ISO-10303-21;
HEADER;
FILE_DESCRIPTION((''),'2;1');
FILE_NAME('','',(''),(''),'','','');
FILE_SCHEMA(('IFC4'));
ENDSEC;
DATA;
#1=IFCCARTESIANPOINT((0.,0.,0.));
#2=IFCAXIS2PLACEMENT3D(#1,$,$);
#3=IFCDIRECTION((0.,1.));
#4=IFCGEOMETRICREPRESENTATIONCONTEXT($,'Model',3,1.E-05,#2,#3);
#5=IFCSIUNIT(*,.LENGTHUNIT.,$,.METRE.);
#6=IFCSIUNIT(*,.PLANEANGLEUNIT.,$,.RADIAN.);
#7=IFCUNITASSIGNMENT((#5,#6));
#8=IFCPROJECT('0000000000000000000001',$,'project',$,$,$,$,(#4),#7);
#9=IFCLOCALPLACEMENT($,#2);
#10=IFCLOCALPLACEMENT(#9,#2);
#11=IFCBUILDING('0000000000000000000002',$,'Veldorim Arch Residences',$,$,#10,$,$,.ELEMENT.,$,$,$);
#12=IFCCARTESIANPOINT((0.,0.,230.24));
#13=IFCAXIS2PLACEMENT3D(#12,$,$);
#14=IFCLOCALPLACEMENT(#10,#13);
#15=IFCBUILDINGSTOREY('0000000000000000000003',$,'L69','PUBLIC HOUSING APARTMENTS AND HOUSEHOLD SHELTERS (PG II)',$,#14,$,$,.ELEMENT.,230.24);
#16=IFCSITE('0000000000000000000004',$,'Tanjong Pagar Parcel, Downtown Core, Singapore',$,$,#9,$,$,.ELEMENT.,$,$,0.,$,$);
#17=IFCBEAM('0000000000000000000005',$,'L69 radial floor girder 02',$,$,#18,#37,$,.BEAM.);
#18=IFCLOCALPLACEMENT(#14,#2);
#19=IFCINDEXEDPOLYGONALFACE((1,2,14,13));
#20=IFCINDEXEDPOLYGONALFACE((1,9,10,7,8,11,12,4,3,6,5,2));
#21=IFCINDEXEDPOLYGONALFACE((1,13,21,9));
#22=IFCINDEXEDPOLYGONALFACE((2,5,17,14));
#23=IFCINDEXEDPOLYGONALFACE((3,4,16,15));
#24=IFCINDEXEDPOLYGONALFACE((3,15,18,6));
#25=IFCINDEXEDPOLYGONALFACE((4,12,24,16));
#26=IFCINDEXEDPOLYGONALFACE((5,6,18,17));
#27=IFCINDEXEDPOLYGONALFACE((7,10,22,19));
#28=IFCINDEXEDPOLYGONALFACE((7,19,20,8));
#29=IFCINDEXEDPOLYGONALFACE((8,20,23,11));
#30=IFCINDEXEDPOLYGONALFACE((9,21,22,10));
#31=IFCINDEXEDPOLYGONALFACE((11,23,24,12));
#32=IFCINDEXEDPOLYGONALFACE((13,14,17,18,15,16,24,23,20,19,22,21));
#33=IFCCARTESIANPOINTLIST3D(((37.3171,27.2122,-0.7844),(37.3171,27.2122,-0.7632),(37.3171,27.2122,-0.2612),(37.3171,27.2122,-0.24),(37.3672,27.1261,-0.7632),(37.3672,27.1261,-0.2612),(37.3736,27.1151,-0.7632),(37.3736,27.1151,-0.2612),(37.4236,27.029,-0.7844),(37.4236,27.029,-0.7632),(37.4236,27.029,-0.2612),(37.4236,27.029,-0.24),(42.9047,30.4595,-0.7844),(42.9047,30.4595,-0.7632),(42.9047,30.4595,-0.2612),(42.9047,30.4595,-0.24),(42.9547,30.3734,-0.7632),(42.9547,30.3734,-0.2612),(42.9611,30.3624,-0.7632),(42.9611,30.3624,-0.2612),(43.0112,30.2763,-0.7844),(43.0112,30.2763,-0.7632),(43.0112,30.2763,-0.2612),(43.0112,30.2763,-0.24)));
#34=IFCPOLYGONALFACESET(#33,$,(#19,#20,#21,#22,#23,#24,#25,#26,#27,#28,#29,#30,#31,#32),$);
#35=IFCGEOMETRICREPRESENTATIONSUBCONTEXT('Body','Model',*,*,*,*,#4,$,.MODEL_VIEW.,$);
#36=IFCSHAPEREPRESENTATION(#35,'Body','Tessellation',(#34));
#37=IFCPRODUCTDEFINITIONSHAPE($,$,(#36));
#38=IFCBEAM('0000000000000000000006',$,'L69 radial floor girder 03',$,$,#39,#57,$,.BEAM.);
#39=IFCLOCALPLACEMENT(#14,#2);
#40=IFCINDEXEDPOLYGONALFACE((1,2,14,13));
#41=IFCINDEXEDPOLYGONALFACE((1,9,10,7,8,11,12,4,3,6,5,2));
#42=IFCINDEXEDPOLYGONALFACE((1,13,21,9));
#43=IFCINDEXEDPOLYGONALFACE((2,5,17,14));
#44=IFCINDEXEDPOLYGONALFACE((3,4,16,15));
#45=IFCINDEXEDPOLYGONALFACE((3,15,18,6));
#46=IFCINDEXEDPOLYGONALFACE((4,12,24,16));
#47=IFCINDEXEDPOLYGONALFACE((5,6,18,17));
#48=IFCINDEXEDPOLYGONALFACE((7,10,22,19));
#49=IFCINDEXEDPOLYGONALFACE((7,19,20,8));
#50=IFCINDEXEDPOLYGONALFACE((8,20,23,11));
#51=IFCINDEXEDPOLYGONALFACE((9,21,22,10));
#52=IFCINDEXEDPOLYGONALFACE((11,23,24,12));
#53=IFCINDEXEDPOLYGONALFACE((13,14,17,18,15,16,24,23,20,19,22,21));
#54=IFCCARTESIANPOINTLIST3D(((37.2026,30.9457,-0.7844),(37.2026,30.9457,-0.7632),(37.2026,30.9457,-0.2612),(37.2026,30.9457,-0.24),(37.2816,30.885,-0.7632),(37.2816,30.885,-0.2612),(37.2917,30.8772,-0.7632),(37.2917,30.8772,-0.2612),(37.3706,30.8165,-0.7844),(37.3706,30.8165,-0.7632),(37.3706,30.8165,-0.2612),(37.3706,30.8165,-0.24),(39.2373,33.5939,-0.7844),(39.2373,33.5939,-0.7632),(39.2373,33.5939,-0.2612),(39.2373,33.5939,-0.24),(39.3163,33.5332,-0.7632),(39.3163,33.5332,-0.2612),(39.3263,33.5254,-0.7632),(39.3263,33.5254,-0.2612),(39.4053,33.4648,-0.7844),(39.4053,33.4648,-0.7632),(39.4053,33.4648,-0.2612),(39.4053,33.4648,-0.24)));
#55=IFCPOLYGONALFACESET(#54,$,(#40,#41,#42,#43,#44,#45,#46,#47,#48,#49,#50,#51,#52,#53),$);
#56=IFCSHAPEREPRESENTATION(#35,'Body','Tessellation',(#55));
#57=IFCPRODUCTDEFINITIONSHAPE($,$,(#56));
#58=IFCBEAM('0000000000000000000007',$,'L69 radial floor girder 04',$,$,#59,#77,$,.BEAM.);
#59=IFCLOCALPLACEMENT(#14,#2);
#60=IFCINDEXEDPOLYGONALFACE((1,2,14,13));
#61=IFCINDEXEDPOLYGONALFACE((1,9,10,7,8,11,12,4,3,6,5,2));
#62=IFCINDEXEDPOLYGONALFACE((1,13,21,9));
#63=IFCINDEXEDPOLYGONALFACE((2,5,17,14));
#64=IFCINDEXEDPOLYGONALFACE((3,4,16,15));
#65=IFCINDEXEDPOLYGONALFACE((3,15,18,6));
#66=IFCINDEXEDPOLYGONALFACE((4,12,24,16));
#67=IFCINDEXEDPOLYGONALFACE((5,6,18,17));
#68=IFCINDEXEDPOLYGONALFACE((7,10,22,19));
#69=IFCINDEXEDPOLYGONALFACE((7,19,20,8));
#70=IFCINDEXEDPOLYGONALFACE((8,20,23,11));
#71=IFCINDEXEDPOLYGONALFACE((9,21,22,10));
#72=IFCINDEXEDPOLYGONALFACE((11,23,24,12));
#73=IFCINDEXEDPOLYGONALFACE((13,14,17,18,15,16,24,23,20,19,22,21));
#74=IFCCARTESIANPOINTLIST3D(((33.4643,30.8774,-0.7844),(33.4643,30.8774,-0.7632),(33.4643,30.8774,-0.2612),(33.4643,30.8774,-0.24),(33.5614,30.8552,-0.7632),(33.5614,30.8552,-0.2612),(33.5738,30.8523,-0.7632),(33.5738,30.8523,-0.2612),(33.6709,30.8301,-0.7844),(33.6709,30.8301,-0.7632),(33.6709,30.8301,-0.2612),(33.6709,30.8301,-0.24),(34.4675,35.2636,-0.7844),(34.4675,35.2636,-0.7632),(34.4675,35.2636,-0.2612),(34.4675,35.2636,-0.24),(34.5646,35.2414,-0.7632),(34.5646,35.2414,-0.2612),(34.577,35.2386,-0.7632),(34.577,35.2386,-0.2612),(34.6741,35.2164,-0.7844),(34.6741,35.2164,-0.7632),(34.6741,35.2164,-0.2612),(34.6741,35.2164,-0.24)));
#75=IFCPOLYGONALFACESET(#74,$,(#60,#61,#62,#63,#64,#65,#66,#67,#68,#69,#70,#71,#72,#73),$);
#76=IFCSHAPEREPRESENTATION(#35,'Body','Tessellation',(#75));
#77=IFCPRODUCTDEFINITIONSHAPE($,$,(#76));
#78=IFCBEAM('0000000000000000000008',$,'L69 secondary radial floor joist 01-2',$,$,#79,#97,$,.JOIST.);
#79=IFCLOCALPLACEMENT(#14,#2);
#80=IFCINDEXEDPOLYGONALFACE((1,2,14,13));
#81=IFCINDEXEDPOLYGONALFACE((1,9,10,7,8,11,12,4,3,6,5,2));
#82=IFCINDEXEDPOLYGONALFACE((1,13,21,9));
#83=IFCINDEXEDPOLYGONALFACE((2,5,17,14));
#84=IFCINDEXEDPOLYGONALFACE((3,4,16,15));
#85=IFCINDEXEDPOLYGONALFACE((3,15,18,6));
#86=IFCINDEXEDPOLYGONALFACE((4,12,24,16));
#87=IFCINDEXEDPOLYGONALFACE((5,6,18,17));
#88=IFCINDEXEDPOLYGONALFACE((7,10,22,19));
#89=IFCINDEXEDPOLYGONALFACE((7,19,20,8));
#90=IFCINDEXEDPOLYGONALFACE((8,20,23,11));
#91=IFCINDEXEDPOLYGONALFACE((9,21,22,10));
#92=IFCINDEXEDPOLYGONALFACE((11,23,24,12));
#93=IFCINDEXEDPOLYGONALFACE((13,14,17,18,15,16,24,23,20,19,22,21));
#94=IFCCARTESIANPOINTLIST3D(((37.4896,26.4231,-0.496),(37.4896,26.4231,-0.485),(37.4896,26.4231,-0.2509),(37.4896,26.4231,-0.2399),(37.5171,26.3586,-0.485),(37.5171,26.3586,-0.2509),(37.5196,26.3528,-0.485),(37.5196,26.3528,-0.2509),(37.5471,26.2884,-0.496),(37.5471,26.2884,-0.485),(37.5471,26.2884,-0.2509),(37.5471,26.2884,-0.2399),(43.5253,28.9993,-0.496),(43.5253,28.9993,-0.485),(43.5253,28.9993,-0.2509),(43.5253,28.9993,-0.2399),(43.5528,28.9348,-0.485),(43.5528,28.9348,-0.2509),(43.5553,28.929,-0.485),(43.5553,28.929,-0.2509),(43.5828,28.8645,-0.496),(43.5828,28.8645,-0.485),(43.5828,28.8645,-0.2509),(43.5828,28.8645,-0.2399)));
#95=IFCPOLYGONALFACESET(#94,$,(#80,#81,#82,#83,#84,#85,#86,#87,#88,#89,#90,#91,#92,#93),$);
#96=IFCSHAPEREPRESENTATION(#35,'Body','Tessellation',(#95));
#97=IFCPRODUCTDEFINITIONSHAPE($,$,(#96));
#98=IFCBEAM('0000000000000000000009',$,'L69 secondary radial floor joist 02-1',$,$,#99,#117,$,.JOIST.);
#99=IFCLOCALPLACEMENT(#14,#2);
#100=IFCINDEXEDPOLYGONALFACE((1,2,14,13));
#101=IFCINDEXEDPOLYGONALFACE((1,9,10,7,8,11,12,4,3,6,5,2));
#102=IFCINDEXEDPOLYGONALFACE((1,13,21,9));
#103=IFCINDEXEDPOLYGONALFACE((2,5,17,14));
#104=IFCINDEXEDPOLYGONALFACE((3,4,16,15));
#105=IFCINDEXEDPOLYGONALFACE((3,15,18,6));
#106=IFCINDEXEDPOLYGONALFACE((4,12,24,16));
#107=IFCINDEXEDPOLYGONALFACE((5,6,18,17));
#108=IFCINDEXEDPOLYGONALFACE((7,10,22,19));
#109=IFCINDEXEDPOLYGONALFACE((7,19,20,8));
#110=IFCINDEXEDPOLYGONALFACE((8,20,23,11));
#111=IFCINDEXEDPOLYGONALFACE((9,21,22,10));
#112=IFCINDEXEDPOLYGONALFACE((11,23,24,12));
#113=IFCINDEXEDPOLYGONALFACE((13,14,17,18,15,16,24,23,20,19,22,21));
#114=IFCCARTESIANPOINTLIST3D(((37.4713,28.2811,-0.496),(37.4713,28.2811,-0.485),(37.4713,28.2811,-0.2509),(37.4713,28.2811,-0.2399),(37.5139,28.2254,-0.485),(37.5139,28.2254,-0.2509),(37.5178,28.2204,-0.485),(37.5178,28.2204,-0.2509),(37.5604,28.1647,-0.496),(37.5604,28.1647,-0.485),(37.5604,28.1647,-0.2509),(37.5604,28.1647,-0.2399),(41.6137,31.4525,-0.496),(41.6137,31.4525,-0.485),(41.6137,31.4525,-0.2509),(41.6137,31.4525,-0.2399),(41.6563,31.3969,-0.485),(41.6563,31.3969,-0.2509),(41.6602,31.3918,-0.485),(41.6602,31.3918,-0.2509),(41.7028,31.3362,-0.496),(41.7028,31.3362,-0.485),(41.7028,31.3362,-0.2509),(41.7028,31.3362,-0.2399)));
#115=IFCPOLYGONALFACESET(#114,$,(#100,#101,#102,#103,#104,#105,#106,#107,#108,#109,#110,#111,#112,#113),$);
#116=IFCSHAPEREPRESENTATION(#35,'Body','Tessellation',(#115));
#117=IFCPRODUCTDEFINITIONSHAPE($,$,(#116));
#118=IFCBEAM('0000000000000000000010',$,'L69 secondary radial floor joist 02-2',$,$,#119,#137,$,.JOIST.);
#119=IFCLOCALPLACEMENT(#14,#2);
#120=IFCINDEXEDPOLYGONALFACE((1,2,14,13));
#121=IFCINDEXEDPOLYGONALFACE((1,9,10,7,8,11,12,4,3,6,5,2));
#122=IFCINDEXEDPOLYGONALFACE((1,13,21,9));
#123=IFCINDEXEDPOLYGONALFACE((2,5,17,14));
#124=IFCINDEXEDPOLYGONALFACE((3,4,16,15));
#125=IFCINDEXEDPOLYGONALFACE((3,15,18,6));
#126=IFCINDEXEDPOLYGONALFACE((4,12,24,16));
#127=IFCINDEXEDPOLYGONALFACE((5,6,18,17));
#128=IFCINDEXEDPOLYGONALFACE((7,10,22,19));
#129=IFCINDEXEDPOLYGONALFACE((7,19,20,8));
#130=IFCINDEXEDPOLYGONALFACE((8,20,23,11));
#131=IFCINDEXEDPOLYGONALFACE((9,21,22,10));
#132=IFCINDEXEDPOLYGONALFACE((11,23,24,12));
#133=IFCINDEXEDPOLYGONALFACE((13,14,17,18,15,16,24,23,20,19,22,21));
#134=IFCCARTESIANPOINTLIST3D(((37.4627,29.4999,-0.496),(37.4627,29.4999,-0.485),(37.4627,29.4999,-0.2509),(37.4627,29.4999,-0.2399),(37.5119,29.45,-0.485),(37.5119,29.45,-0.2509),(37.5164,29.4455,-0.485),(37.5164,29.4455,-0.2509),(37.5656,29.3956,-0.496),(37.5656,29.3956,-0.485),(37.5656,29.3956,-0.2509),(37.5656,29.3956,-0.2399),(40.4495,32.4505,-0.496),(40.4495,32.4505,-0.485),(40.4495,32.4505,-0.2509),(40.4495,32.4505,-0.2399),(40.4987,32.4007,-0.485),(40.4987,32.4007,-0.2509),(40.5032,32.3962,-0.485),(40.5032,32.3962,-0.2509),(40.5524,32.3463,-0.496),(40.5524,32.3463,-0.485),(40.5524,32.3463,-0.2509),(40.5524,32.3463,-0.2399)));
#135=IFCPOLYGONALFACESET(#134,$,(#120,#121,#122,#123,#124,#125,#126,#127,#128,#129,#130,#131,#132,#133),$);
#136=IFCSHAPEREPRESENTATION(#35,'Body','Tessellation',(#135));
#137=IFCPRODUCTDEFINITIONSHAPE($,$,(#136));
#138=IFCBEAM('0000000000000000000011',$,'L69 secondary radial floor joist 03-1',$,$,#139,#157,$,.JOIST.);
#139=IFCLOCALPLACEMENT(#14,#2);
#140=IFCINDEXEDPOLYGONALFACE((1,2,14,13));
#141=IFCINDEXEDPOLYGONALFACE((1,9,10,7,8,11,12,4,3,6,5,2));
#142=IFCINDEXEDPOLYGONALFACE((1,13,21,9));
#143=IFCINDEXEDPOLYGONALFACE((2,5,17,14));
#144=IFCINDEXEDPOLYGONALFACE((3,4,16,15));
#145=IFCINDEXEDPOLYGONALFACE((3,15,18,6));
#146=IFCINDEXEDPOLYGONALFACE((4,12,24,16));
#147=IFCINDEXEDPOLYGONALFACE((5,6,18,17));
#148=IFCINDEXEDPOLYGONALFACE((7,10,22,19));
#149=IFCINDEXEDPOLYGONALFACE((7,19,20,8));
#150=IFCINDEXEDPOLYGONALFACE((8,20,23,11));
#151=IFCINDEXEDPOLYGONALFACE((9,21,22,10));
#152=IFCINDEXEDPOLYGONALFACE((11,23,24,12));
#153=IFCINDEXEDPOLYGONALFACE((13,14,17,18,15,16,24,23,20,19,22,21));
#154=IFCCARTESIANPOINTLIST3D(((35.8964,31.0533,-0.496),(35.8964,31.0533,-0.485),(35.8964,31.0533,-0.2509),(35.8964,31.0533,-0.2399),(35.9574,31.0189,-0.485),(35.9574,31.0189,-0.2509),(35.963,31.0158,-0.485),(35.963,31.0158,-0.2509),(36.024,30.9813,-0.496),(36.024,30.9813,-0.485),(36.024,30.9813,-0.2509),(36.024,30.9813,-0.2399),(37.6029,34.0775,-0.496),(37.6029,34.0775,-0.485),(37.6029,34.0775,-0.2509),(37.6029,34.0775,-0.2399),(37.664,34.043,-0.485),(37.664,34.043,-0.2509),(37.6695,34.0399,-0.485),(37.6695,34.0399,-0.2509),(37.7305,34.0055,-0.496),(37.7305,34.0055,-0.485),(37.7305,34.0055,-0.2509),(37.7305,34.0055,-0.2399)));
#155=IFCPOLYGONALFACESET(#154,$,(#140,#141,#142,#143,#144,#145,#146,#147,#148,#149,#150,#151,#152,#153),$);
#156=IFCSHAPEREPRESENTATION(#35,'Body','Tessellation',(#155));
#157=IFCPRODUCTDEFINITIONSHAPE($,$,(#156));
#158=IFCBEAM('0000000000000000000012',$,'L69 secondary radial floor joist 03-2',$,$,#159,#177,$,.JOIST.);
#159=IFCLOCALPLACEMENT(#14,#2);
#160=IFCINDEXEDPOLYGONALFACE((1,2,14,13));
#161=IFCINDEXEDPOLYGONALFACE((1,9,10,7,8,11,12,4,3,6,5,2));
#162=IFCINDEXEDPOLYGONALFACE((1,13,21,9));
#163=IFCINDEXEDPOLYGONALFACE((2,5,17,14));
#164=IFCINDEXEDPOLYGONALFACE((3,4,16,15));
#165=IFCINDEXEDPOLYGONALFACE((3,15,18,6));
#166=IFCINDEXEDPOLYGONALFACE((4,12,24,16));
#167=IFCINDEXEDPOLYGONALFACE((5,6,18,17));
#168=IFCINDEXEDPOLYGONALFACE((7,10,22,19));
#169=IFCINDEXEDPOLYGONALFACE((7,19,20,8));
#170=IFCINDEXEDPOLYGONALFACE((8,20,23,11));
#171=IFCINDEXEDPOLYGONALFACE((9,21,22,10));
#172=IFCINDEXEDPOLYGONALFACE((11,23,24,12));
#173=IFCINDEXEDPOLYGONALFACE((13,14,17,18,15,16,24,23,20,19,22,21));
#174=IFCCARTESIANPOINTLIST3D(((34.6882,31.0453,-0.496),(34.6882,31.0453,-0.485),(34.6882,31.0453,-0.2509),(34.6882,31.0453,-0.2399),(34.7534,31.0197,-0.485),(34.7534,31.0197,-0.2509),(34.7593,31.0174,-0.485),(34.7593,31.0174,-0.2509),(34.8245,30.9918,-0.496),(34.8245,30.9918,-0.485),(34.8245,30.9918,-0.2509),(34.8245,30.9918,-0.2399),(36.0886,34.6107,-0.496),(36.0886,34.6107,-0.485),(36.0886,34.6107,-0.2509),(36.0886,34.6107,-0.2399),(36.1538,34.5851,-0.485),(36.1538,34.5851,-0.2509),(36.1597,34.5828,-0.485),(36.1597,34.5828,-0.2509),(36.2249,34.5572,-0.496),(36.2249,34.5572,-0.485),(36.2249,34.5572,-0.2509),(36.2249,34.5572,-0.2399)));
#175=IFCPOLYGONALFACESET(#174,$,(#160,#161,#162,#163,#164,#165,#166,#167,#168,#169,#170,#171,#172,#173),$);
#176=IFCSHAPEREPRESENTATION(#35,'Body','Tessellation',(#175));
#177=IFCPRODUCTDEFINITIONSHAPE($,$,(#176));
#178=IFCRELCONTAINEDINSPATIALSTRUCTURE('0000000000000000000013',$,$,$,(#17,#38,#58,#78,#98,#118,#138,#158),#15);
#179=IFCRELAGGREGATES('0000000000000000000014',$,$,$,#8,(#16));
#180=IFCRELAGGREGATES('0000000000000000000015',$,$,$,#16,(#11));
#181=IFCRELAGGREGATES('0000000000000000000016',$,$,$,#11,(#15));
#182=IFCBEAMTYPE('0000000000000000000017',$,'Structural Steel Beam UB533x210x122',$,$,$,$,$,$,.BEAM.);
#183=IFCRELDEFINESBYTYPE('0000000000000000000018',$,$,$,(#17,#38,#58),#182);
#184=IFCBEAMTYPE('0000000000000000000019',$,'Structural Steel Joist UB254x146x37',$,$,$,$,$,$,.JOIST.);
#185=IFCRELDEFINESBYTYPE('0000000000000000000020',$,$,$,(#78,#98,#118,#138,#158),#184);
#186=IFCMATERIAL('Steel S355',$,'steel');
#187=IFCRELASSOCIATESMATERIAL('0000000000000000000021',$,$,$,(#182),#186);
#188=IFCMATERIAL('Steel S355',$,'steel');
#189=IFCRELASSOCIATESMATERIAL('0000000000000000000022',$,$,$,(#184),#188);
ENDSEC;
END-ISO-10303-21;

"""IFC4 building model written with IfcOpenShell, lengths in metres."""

from ifc_helpers import new_model, si_unit, direction, frame, origin, origin_2d, place, context, subcontext, project, spatial, i_section, extrude, material, material_profile, profile_set, type_object, element, save


model = new_model("IFC4")

# Units and contexts
model_context = context("Model", 3, precision=1e-05, world=origin(), true_north=direction((0.0, 1.0)))
body_context = subcontext(model_context, "Body", "Model", "MODEL_VIEW")
ifc_project = project(units=[si_unit("LENGTHUNIT", "METRE"), si_unit("PLANEANGLEUNIT", "RADIAN")], contexts=[model_context])

# Site, building, storey
site_placement = place(None, origin())
site = spatial("IfcSite", under=ifc_project, at=site_placement, Name="Tanjong Pagar Parcel, Downtown Core, Singapore", CompositionType="ELEMENT", RefElevation=0.0)
building_placement = place(site_placement, origin())
building = spatial("IfcBuilding", under=site, at=building_placement, Name="Veldorim Arch Residences", CompositionType="ELEMENT")
storey_placement = place(building_placement, frame((0.0, 0.0, 230.24)))
storey = spatial("IfcBuildingStorey", under=building, at=storey_placement, Name="L69", Description="PUBLIC HOUSING APARTMENTS AND HOUSEHOLD SHELTERS (PG II)", CompositionType="ELEMENT", Elevation=230.24)

# Beams
ifc_material_1 = material(Name="Steel S355", Category="steel")
ifc_material_profile_1 = material_profile(ifc_material_1, i_section(OverallWidth=0.2119, OverallDepth=0.5444, WebThickness=0.0127, FlangeThickness=0.0212, at=origin_2d()), Name="UB533x210x122")
ifc_profile_set_1 = profile_set([ifc_material_profile_1], Name="Steel S355")
beam_type_1 = type_object("IfcBeamType", Name="Structural Steel Beam UB533x210x122", PredefinedType="BEAM", material=ifc_profile_set_1)
beam_1_placement = place(storey_placement, frame((37.3704, 27.1206, -0.5122), z_axis=(0.864596, 0.502468, 0.0), x_axis=(-0.502468, 0.864596, 0.0)))
element("IfcBeam", 1, at=beam_1_placement, inside=storey, type_object=beam_type_1, Name="L69 radial floor girder 02", PredefinedType="BEAM", context=body_context, shape_type="SweptSolid", body=[
    extrude(i_section(OverallWidth=0.2119, OverallDepth=0.5444, WebThickness=0.0127, FlangeThickness=0.0212, at=origin_2d()), origin(), (0.0, 0.0, 1.0), 6.4626),
])
beam_2_placement = place(storey_placement, frame((37.2866, 30.8811, -0.5122), z_axis=(0.609258, 0.792972, 0.0), x_axis=(-0.792972, 0.609258, 0.0)))
element("IfcBeam", 2, at=beam_2_placement, inside=storey, type_object=beam_type_1, Name="L69 radial floor girder 03", PredefinedType="BEAM", context=body_context, shape_type="SweptSolid", body=[
    extrude(i_section(OverallWidth=0.2119, OverallDepth=0.5444, WebThickness=0.0127, FlangeThickness=0.0212, at=origin_2d()), origin(), (0.0, 0.0, 1.0), 3.3396),
])
beam_3_placement = place(storey_placement, frame((33.5676, 30.8538, -0.5122), z_axis=(0.222953, 0.974829, 0.0), x_axis=(-0.974829, 0.222953, 0.0)))
element("IfcBeam", 3, at=beam_3_placement, inside=storey, type_object=beam_type_1, Name="L69 radial floor girder 04", PredefinedType="BEAM", context=body_context, shape_type="SweptSolid", body=[
    extrude(i_section(OverallWidth=0.2119, OverallDepth=0.5444, WebThickness=0.0127, FlangeThickness=0.0212, at=origin_2d()), origin(), (0.0, 0.0, 1.0), 4.4995),
])
ifc_material_2 = material(Name="Steel S355", Category="steel")
ifc_material_profile_2 = material_profile(ifc_material_2, i_section(OverallWidth=0.1465, OverallDepth=0.2561, WebThickness=0.0063, FlangeThickness=0.011, at=origin_2d()), Name="UB254x146x37")
ifc_profile_set_2 = profile_set([ifc_material_profile_2], Name="Steel S355")
beam_type_2 = type_object("IfcBeamType", Name="Structural Steel Joist UB254x146x37", PredefinedType="JOIST", material=ifc_profile_set_2)
beam_4_placement = place(storey_placement, frame((37.5183, 26.3557, -0.3679), z_axis=(0.919725, 0.392563, 0.0), x_axis=(-0.392563, 0.919725, 0.0)))
element("IfcBeam", 4, at=beam_4_placement, inside=storey, type_object=beam_type_2, Name="L69 secondary radial floor joist 01-2", PredefinedType="JOIST", context=body_context, shape_type="SweptSolid", body=[
    extrude(i_section(OverallWidth=0.1465, OverallDepth=0.2561, WebThickness=0.0063, FlangeThickness=0.011, at=origin_2d()), origin(), (0.0, 0.0, 1.0), 6.5625),
])
beam_5_placement = place(storey_placement, frame((37.5159, 28.2229, -0.3679), z_axis=(0.794014, 0.6079, 0.0), x_axis=(-0.6079, 0.794014, 0.0)))
element("IfcBeam", 5, at=beam_5_placement, inside=storey, type_object=beam_type_2, Name="L69 secondary radial floor joist 02-1", PredefinedType="JOIST", context=body_context, shape_type="SweptSolid", body=[
    extrude(i_section(OverallWidth=0.1465, OverallDepth=0.2561, WebThickness=0.0063, FlangeThickness=0.011, at=origin_2d()), origin(), (0.0, 0.0, 1.0), 5.217),
])
beam_6_placement = place(storey_placement, frame((37.5142, 29.4478, -0.3679), z_axis=(0.711397, 0.702791, 0.0), x_axis=(-0.702791, 0.711397, 0.0)))
element("IfcBeam", 6, at=beam_6_placement, inside=storey, type_object=beam_type_2, Name="L69 secondary radial floor joist 02-2", PredefinedType="JOIST", context=body_context, shape_type="SweptSolid", body=[
    extrude(i_section(OverallWidth=0.1465, OverallDepth=0.2561, WebThickness=0.0063, FlangeThickness=0.011, at=origin_2d()), origin(), (0.0, 0.0, 1.0), 4.1985),
])
beam_7_placement = place(storey_placement, frame((35.9602, 31.0173, -0.3679), z_axis=(0.491452, 0.870904, 0.0), x_axis=(-0.870904, 0.491452, 0.0)))
element("IfcBeam", 7, at=beam_7_placement, inside=storey, type_object=beam_type_2, Name="L69 secondary radial floor joist 03-1", PredefinedType="JOIST", context=body_context, shape_type="SweptSolid", body=[
    extrude(i_section(OverallWidth=0.1465, OverallDepth=0.2561, WebThickness=0.0063, FlangeThickness=0.011, at=origin_2d()), origin(), (0.0, 0.0, 1.0), 3.4724),
])
beam_8_placement = place(storey_placement, frame((34.7563, 31.0186, -0.3679), z_axis=(0.365581, 0.930779, 0.0), x_axis=(-0.930779, 0.365581, 0.0)))
element("IfcBeam", 8, at=beam_8_placement, inside=storey, type_object=beam_type_2, Name="L69 secondary radial floor joist 03-2", PredefinedType="JOIST", context=body_context, shape_type="SweptSolid", body=[
    extrude(i_section(OverallWidth=0.1465, OverallDepth=0.2561, WebThickness=0.0063, FlangeThickness=0.011, at=origin_2d()), origin(), (0.0, 0.0, 1.0), 3.8306),
])

save(model, "model.ifc")
